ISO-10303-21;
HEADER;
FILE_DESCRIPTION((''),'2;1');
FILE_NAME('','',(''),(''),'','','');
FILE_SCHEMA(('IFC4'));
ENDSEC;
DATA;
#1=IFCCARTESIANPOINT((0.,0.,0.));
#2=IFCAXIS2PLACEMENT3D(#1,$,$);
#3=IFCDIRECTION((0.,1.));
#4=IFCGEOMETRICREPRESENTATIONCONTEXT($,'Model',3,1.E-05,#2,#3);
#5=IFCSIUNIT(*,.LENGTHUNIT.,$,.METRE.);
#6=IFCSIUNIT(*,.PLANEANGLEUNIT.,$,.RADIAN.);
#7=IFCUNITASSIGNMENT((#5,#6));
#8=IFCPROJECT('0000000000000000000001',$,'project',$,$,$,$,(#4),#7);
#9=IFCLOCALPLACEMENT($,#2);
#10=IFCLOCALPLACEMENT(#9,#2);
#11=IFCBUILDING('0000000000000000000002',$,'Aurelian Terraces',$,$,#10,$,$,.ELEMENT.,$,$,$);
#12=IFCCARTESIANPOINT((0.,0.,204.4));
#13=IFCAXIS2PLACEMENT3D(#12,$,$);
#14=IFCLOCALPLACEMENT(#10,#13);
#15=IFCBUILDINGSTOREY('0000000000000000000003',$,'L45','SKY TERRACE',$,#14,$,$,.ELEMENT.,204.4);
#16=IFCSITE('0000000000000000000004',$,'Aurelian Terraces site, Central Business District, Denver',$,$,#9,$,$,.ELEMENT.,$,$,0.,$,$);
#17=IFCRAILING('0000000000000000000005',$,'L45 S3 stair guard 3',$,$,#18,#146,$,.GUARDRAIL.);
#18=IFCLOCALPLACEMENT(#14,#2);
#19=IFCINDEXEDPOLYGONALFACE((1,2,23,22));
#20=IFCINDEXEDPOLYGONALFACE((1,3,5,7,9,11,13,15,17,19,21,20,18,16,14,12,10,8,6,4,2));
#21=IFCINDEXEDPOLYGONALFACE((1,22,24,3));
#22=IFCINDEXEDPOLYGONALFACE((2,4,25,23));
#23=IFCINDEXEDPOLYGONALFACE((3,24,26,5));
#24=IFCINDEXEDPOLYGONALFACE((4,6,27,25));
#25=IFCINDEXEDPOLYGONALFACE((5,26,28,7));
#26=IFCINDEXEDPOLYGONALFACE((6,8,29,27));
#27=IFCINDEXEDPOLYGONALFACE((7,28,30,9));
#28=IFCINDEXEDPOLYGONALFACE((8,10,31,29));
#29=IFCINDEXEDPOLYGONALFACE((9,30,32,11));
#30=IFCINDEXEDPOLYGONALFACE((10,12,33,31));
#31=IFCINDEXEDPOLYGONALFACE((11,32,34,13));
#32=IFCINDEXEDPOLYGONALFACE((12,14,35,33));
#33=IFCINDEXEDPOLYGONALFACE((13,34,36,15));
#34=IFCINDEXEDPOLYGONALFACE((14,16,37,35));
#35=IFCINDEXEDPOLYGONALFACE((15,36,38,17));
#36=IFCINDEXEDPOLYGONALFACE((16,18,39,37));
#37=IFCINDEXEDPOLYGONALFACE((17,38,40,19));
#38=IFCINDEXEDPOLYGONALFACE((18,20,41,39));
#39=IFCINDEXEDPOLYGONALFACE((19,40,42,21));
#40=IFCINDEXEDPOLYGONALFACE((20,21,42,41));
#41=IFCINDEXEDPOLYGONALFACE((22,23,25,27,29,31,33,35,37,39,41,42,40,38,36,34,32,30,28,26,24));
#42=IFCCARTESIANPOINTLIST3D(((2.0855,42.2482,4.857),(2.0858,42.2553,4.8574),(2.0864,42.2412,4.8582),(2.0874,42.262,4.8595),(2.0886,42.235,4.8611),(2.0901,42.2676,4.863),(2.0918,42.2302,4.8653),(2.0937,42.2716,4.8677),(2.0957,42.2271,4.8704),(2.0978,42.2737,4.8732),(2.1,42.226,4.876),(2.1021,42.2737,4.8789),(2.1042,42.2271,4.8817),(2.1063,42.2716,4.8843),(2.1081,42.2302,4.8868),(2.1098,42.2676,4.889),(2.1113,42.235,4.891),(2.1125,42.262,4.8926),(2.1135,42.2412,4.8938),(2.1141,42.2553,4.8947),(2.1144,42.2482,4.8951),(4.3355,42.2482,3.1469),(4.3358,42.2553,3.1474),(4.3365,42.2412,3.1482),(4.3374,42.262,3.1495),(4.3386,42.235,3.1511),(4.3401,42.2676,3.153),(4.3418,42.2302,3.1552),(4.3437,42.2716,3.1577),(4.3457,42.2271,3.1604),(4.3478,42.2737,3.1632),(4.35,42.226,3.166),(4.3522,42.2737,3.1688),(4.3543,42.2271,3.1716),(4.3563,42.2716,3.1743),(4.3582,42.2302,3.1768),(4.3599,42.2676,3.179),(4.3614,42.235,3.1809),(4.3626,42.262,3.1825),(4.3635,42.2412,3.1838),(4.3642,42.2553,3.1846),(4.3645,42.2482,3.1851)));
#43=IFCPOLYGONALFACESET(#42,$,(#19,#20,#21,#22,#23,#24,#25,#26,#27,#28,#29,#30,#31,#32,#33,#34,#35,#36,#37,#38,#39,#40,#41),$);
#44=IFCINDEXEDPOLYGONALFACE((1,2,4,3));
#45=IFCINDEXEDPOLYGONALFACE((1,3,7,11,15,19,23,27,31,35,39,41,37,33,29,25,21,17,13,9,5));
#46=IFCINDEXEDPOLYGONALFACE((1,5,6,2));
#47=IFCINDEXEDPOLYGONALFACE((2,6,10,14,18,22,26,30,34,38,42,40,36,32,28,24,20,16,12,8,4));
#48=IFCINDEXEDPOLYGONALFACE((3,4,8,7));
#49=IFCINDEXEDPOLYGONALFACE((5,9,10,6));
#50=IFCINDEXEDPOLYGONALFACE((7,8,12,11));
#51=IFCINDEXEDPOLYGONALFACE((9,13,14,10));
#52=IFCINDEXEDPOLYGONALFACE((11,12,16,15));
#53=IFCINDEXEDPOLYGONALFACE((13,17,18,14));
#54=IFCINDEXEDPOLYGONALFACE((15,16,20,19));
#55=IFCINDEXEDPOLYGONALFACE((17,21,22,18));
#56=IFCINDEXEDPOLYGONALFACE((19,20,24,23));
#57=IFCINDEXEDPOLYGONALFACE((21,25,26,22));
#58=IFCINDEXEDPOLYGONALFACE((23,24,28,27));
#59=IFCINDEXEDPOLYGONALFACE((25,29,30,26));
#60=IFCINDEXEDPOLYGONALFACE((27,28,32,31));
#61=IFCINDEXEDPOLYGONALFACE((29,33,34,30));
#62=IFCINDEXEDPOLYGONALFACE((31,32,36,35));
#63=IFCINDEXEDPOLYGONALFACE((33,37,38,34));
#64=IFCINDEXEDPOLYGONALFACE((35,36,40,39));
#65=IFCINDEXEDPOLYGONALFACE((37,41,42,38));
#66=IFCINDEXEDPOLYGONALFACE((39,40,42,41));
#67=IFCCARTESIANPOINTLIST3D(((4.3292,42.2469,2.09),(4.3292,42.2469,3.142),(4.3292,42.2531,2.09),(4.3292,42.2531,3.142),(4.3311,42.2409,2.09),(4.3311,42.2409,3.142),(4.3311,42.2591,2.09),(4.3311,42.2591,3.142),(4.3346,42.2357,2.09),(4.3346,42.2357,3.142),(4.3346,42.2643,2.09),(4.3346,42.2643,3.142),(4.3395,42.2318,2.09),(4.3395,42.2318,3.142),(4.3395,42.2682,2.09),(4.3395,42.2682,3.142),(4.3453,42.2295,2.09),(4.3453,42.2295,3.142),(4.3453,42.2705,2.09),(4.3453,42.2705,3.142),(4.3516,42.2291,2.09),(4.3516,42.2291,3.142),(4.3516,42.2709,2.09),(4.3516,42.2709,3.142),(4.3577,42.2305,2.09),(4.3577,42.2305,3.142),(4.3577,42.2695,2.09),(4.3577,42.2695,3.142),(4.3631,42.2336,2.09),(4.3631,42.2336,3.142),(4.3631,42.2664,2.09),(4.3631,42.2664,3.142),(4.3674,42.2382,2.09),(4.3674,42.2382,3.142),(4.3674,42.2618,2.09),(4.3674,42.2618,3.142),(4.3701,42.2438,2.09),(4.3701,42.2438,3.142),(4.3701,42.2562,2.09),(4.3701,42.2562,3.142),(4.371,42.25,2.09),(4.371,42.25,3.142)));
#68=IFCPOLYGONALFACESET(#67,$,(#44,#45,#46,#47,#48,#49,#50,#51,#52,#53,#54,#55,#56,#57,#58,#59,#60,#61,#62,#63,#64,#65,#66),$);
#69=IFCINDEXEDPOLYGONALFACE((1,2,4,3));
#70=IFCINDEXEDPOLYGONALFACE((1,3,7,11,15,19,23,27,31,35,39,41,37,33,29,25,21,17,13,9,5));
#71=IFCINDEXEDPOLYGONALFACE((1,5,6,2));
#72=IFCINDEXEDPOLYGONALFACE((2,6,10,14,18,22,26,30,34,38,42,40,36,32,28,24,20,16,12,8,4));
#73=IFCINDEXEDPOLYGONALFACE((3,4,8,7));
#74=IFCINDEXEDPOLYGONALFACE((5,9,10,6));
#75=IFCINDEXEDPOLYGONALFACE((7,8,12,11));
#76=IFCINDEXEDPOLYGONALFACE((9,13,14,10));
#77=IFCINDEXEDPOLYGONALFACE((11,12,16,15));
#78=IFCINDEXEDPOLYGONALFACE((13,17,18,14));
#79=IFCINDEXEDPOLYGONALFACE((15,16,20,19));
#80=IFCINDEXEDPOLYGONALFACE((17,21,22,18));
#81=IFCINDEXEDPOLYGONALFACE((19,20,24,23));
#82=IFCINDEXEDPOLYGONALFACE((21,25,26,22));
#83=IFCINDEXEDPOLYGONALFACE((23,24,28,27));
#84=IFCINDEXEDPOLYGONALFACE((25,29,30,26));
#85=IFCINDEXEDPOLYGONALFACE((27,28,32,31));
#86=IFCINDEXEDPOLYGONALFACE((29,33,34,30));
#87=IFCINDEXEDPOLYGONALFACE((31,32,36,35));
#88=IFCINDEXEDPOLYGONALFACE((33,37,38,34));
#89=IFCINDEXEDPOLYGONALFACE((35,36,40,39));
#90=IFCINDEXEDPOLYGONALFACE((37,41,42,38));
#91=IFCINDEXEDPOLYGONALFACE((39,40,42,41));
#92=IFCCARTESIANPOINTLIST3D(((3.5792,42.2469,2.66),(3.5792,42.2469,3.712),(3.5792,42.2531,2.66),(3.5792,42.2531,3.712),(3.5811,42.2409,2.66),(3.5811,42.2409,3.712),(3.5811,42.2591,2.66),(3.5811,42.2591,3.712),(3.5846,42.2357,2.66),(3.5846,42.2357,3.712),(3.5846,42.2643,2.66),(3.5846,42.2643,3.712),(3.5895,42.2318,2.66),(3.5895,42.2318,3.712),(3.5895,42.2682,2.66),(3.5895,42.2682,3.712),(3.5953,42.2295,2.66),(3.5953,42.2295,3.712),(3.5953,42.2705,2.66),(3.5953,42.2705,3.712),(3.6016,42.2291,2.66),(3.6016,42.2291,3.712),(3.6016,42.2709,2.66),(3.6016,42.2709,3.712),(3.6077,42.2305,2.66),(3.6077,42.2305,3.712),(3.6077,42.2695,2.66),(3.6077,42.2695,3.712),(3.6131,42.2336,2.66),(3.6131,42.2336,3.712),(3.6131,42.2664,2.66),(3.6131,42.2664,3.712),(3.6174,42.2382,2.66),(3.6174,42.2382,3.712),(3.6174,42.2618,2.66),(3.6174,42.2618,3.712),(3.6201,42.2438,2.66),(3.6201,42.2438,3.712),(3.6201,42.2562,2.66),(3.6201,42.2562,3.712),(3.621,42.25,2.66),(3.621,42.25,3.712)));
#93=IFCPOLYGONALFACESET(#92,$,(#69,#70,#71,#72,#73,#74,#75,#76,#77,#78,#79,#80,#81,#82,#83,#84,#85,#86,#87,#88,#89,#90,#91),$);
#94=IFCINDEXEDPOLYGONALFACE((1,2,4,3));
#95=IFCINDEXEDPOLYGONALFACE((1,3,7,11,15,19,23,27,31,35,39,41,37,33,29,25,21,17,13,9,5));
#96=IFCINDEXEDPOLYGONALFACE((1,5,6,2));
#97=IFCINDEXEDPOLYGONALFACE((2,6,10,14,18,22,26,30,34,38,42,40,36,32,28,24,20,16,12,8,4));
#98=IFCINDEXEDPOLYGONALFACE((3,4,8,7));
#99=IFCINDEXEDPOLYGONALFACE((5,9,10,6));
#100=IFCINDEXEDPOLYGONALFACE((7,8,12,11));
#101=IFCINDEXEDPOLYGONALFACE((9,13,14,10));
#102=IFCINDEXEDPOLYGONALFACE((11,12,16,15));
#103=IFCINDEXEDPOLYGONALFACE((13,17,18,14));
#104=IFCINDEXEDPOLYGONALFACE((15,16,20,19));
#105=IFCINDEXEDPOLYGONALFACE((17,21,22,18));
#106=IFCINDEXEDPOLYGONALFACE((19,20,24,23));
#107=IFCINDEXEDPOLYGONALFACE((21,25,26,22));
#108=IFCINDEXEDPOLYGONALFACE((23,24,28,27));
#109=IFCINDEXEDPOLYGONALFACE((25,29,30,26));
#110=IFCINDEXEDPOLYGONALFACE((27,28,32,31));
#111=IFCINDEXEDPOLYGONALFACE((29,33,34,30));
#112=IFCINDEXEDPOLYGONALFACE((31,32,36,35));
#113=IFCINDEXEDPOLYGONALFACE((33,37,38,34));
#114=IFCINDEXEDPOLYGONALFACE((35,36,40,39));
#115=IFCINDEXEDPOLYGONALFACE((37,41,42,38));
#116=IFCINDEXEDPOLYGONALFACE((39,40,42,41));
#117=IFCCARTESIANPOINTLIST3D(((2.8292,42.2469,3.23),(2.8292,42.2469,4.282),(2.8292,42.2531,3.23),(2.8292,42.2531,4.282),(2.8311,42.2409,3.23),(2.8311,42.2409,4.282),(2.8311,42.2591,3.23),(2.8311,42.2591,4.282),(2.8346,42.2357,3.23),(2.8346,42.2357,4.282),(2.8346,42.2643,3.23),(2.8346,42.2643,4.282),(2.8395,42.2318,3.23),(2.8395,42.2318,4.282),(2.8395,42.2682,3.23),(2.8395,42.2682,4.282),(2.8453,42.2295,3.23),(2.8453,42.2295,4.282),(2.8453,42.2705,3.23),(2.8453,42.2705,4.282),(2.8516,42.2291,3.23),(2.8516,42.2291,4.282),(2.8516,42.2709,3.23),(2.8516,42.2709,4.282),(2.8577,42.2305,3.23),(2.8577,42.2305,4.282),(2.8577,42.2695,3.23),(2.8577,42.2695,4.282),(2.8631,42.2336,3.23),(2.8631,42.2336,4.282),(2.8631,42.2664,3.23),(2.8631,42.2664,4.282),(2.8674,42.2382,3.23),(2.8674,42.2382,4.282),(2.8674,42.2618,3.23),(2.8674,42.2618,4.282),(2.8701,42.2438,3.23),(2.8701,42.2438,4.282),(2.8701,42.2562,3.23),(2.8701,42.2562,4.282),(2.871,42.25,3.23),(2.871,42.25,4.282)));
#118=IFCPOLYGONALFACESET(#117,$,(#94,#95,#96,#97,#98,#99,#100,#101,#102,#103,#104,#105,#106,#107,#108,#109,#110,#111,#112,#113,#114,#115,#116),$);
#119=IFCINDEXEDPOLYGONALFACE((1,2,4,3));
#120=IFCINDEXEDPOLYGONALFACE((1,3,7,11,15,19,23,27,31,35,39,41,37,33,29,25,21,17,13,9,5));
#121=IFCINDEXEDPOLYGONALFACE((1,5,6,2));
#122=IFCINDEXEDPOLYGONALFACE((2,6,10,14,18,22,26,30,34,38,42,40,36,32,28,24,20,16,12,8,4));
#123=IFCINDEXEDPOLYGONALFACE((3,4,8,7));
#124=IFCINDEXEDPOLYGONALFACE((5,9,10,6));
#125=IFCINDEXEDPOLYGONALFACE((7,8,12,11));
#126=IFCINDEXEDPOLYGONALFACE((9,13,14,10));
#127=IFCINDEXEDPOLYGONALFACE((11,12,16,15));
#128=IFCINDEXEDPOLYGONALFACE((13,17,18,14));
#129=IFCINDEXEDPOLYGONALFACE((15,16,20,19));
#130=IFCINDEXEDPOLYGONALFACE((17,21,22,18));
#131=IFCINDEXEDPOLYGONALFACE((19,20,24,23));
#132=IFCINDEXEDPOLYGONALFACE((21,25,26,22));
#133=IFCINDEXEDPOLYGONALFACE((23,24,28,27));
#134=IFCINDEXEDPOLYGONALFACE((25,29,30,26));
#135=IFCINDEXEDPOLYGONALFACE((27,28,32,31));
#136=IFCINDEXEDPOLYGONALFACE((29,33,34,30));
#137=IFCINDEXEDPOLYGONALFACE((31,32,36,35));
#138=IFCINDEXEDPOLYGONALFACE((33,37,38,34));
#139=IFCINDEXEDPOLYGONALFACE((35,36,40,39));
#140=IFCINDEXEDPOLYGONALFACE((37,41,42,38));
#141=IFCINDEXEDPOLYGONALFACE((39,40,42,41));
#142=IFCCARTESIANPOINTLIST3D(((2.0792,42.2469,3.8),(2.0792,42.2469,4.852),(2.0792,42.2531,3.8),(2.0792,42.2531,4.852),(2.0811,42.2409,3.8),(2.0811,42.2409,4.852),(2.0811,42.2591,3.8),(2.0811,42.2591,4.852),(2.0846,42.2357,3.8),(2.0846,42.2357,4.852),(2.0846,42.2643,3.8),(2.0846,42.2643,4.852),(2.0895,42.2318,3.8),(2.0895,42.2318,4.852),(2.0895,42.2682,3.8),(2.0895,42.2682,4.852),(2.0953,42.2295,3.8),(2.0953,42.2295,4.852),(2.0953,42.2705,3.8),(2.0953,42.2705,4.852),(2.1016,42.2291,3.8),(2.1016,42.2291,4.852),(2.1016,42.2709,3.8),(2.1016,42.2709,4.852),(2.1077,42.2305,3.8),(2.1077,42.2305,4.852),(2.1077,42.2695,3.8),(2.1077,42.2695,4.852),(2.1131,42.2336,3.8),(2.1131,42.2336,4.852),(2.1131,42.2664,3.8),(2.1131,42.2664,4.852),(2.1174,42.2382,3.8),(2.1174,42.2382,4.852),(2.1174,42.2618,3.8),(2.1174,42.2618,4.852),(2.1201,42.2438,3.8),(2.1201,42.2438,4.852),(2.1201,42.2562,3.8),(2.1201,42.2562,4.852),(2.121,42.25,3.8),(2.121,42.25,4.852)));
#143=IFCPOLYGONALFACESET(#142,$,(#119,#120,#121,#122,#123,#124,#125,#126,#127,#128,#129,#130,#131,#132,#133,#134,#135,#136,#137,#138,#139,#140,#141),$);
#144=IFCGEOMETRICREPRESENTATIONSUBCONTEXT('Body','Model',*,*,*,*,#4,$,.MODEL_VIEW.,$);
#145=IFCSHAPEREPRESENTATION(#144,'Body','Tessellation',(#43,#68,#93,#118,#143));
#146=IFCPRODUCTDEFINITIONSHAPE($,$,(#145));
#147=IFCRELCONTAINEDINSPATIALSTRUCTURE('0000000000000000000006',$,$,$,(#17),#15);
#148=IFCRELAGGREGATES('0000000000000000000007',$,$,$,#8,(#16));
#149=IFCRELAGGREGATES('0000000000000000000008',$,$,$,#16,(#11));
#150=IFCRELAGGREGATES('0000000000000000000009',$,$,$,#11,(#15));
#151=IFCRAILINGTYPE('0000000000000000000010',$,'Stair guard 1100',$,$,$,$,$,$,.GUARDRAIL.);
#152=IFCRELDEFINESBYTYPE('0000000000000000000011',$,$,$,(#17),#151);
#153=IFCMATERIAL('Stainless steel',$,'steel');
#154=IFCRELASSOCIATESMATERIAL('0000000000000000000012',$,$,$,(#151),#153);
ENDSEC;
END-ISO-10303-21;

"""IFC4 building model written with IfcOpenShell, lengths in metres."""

from ifc_helpers import new_model, si_unit, direction, frame, origin, origin_2d, place, context, subcontext, project, spatial, circle, extrude, source, transform, mapped, material, type_object, element, save


model = new_model("IFC4")

# Units and contexts
model_context = context("Model", 3, precision=1e-05, world=origin(), true_north=direction((0.0, 1.0)))
body_context = subcontext(model_context, "Body", "Model", "MODEL_VIEW")
ifc_project = project(units=[si_unit("LENGTHUNIT", "METRE"), si_unit("PLANEANGLEUNIT", "RADIAN")], contexts=[model_context])

# Site, building, storey
site_placement = place(None, origin())
site = spatial("IfcSite", under=ifc_project, at=site_placement, Name="Aurelian Terraces site, Central Business District, Denver", CompositionType="ELEMENT", RefElevation=0.0)
building_placement = place(site_placement, origin())
building = spatial("IfcBuilding", under=site, at=building_placement, Name="Aurelian Terraces", CompositionType="ELEMENT")
storey_placement = place(building_placement, frame((0.0, 0.0, 204.4)))
storey = spatial("IfcBuildingStorey", under=building, at=storey_placement, Name="L45", Description="SKY TERRACE", CompositionType="ELEMENT", Elevation=204.4)

# Railing
ifc_material_1 = material(Name="Stainless steel", Category="steel")
railing_type_1 = type_object("IfcRailingType", Name="Stair guard 1100", PredefinedType="GUARDRAIL", material=ifc_material_1)
shared_shape_1 = source(origin(), body_context, "Body", "SweptSolid", [
    extrude(circle(Radius=0.024, at=origin_2d()), frame((0.0, 0.0, 1.076), z_axis=(-0.796162, 0.0, 0.605083), x_axis=(0.0, -1.0, 0.0)), (0.0, 0.0, 1.0), 2.8261),
    extrude(circle(Radius=0.021, at=origin_2d()), origin(), (0.0, 0.0, 1.0), 1.052),
    extrude(circle(Radius=0.021, at=origin_2d()), frame((-0.75, 0.0, 0.57)), (0.0, 0.0, 1.0), 1.052),
    extrude(circle(Radius=0.021, at=origin_2d()), frame((-1.5, 0.0, 1.14)), (0.0, 0.0, 1.0), 1.052),
    extrude(circle(Radius=0.021, at=origin_2d()), frame((-2.25, 0.0, 1.71)), (0.0, 0.0, 1.0), 1.052),
])
railing_1_placement = place(storey_placement, frame((4.35, 42.25, 2.09)))
element("IfcRailing", 1, at=railing_1_placement, inside=storey, type_object=railing_type_1, Name="L45 S3 stair guard 3", PredefinedType="GUARDRAIL", context=body_context, shape_type="MappedRepresentation", body=[
    mapped(shared_shape_1, transform((0.0, 0.0, 0.0), scale=1.0)),
])

save(model, "model.ifc")
